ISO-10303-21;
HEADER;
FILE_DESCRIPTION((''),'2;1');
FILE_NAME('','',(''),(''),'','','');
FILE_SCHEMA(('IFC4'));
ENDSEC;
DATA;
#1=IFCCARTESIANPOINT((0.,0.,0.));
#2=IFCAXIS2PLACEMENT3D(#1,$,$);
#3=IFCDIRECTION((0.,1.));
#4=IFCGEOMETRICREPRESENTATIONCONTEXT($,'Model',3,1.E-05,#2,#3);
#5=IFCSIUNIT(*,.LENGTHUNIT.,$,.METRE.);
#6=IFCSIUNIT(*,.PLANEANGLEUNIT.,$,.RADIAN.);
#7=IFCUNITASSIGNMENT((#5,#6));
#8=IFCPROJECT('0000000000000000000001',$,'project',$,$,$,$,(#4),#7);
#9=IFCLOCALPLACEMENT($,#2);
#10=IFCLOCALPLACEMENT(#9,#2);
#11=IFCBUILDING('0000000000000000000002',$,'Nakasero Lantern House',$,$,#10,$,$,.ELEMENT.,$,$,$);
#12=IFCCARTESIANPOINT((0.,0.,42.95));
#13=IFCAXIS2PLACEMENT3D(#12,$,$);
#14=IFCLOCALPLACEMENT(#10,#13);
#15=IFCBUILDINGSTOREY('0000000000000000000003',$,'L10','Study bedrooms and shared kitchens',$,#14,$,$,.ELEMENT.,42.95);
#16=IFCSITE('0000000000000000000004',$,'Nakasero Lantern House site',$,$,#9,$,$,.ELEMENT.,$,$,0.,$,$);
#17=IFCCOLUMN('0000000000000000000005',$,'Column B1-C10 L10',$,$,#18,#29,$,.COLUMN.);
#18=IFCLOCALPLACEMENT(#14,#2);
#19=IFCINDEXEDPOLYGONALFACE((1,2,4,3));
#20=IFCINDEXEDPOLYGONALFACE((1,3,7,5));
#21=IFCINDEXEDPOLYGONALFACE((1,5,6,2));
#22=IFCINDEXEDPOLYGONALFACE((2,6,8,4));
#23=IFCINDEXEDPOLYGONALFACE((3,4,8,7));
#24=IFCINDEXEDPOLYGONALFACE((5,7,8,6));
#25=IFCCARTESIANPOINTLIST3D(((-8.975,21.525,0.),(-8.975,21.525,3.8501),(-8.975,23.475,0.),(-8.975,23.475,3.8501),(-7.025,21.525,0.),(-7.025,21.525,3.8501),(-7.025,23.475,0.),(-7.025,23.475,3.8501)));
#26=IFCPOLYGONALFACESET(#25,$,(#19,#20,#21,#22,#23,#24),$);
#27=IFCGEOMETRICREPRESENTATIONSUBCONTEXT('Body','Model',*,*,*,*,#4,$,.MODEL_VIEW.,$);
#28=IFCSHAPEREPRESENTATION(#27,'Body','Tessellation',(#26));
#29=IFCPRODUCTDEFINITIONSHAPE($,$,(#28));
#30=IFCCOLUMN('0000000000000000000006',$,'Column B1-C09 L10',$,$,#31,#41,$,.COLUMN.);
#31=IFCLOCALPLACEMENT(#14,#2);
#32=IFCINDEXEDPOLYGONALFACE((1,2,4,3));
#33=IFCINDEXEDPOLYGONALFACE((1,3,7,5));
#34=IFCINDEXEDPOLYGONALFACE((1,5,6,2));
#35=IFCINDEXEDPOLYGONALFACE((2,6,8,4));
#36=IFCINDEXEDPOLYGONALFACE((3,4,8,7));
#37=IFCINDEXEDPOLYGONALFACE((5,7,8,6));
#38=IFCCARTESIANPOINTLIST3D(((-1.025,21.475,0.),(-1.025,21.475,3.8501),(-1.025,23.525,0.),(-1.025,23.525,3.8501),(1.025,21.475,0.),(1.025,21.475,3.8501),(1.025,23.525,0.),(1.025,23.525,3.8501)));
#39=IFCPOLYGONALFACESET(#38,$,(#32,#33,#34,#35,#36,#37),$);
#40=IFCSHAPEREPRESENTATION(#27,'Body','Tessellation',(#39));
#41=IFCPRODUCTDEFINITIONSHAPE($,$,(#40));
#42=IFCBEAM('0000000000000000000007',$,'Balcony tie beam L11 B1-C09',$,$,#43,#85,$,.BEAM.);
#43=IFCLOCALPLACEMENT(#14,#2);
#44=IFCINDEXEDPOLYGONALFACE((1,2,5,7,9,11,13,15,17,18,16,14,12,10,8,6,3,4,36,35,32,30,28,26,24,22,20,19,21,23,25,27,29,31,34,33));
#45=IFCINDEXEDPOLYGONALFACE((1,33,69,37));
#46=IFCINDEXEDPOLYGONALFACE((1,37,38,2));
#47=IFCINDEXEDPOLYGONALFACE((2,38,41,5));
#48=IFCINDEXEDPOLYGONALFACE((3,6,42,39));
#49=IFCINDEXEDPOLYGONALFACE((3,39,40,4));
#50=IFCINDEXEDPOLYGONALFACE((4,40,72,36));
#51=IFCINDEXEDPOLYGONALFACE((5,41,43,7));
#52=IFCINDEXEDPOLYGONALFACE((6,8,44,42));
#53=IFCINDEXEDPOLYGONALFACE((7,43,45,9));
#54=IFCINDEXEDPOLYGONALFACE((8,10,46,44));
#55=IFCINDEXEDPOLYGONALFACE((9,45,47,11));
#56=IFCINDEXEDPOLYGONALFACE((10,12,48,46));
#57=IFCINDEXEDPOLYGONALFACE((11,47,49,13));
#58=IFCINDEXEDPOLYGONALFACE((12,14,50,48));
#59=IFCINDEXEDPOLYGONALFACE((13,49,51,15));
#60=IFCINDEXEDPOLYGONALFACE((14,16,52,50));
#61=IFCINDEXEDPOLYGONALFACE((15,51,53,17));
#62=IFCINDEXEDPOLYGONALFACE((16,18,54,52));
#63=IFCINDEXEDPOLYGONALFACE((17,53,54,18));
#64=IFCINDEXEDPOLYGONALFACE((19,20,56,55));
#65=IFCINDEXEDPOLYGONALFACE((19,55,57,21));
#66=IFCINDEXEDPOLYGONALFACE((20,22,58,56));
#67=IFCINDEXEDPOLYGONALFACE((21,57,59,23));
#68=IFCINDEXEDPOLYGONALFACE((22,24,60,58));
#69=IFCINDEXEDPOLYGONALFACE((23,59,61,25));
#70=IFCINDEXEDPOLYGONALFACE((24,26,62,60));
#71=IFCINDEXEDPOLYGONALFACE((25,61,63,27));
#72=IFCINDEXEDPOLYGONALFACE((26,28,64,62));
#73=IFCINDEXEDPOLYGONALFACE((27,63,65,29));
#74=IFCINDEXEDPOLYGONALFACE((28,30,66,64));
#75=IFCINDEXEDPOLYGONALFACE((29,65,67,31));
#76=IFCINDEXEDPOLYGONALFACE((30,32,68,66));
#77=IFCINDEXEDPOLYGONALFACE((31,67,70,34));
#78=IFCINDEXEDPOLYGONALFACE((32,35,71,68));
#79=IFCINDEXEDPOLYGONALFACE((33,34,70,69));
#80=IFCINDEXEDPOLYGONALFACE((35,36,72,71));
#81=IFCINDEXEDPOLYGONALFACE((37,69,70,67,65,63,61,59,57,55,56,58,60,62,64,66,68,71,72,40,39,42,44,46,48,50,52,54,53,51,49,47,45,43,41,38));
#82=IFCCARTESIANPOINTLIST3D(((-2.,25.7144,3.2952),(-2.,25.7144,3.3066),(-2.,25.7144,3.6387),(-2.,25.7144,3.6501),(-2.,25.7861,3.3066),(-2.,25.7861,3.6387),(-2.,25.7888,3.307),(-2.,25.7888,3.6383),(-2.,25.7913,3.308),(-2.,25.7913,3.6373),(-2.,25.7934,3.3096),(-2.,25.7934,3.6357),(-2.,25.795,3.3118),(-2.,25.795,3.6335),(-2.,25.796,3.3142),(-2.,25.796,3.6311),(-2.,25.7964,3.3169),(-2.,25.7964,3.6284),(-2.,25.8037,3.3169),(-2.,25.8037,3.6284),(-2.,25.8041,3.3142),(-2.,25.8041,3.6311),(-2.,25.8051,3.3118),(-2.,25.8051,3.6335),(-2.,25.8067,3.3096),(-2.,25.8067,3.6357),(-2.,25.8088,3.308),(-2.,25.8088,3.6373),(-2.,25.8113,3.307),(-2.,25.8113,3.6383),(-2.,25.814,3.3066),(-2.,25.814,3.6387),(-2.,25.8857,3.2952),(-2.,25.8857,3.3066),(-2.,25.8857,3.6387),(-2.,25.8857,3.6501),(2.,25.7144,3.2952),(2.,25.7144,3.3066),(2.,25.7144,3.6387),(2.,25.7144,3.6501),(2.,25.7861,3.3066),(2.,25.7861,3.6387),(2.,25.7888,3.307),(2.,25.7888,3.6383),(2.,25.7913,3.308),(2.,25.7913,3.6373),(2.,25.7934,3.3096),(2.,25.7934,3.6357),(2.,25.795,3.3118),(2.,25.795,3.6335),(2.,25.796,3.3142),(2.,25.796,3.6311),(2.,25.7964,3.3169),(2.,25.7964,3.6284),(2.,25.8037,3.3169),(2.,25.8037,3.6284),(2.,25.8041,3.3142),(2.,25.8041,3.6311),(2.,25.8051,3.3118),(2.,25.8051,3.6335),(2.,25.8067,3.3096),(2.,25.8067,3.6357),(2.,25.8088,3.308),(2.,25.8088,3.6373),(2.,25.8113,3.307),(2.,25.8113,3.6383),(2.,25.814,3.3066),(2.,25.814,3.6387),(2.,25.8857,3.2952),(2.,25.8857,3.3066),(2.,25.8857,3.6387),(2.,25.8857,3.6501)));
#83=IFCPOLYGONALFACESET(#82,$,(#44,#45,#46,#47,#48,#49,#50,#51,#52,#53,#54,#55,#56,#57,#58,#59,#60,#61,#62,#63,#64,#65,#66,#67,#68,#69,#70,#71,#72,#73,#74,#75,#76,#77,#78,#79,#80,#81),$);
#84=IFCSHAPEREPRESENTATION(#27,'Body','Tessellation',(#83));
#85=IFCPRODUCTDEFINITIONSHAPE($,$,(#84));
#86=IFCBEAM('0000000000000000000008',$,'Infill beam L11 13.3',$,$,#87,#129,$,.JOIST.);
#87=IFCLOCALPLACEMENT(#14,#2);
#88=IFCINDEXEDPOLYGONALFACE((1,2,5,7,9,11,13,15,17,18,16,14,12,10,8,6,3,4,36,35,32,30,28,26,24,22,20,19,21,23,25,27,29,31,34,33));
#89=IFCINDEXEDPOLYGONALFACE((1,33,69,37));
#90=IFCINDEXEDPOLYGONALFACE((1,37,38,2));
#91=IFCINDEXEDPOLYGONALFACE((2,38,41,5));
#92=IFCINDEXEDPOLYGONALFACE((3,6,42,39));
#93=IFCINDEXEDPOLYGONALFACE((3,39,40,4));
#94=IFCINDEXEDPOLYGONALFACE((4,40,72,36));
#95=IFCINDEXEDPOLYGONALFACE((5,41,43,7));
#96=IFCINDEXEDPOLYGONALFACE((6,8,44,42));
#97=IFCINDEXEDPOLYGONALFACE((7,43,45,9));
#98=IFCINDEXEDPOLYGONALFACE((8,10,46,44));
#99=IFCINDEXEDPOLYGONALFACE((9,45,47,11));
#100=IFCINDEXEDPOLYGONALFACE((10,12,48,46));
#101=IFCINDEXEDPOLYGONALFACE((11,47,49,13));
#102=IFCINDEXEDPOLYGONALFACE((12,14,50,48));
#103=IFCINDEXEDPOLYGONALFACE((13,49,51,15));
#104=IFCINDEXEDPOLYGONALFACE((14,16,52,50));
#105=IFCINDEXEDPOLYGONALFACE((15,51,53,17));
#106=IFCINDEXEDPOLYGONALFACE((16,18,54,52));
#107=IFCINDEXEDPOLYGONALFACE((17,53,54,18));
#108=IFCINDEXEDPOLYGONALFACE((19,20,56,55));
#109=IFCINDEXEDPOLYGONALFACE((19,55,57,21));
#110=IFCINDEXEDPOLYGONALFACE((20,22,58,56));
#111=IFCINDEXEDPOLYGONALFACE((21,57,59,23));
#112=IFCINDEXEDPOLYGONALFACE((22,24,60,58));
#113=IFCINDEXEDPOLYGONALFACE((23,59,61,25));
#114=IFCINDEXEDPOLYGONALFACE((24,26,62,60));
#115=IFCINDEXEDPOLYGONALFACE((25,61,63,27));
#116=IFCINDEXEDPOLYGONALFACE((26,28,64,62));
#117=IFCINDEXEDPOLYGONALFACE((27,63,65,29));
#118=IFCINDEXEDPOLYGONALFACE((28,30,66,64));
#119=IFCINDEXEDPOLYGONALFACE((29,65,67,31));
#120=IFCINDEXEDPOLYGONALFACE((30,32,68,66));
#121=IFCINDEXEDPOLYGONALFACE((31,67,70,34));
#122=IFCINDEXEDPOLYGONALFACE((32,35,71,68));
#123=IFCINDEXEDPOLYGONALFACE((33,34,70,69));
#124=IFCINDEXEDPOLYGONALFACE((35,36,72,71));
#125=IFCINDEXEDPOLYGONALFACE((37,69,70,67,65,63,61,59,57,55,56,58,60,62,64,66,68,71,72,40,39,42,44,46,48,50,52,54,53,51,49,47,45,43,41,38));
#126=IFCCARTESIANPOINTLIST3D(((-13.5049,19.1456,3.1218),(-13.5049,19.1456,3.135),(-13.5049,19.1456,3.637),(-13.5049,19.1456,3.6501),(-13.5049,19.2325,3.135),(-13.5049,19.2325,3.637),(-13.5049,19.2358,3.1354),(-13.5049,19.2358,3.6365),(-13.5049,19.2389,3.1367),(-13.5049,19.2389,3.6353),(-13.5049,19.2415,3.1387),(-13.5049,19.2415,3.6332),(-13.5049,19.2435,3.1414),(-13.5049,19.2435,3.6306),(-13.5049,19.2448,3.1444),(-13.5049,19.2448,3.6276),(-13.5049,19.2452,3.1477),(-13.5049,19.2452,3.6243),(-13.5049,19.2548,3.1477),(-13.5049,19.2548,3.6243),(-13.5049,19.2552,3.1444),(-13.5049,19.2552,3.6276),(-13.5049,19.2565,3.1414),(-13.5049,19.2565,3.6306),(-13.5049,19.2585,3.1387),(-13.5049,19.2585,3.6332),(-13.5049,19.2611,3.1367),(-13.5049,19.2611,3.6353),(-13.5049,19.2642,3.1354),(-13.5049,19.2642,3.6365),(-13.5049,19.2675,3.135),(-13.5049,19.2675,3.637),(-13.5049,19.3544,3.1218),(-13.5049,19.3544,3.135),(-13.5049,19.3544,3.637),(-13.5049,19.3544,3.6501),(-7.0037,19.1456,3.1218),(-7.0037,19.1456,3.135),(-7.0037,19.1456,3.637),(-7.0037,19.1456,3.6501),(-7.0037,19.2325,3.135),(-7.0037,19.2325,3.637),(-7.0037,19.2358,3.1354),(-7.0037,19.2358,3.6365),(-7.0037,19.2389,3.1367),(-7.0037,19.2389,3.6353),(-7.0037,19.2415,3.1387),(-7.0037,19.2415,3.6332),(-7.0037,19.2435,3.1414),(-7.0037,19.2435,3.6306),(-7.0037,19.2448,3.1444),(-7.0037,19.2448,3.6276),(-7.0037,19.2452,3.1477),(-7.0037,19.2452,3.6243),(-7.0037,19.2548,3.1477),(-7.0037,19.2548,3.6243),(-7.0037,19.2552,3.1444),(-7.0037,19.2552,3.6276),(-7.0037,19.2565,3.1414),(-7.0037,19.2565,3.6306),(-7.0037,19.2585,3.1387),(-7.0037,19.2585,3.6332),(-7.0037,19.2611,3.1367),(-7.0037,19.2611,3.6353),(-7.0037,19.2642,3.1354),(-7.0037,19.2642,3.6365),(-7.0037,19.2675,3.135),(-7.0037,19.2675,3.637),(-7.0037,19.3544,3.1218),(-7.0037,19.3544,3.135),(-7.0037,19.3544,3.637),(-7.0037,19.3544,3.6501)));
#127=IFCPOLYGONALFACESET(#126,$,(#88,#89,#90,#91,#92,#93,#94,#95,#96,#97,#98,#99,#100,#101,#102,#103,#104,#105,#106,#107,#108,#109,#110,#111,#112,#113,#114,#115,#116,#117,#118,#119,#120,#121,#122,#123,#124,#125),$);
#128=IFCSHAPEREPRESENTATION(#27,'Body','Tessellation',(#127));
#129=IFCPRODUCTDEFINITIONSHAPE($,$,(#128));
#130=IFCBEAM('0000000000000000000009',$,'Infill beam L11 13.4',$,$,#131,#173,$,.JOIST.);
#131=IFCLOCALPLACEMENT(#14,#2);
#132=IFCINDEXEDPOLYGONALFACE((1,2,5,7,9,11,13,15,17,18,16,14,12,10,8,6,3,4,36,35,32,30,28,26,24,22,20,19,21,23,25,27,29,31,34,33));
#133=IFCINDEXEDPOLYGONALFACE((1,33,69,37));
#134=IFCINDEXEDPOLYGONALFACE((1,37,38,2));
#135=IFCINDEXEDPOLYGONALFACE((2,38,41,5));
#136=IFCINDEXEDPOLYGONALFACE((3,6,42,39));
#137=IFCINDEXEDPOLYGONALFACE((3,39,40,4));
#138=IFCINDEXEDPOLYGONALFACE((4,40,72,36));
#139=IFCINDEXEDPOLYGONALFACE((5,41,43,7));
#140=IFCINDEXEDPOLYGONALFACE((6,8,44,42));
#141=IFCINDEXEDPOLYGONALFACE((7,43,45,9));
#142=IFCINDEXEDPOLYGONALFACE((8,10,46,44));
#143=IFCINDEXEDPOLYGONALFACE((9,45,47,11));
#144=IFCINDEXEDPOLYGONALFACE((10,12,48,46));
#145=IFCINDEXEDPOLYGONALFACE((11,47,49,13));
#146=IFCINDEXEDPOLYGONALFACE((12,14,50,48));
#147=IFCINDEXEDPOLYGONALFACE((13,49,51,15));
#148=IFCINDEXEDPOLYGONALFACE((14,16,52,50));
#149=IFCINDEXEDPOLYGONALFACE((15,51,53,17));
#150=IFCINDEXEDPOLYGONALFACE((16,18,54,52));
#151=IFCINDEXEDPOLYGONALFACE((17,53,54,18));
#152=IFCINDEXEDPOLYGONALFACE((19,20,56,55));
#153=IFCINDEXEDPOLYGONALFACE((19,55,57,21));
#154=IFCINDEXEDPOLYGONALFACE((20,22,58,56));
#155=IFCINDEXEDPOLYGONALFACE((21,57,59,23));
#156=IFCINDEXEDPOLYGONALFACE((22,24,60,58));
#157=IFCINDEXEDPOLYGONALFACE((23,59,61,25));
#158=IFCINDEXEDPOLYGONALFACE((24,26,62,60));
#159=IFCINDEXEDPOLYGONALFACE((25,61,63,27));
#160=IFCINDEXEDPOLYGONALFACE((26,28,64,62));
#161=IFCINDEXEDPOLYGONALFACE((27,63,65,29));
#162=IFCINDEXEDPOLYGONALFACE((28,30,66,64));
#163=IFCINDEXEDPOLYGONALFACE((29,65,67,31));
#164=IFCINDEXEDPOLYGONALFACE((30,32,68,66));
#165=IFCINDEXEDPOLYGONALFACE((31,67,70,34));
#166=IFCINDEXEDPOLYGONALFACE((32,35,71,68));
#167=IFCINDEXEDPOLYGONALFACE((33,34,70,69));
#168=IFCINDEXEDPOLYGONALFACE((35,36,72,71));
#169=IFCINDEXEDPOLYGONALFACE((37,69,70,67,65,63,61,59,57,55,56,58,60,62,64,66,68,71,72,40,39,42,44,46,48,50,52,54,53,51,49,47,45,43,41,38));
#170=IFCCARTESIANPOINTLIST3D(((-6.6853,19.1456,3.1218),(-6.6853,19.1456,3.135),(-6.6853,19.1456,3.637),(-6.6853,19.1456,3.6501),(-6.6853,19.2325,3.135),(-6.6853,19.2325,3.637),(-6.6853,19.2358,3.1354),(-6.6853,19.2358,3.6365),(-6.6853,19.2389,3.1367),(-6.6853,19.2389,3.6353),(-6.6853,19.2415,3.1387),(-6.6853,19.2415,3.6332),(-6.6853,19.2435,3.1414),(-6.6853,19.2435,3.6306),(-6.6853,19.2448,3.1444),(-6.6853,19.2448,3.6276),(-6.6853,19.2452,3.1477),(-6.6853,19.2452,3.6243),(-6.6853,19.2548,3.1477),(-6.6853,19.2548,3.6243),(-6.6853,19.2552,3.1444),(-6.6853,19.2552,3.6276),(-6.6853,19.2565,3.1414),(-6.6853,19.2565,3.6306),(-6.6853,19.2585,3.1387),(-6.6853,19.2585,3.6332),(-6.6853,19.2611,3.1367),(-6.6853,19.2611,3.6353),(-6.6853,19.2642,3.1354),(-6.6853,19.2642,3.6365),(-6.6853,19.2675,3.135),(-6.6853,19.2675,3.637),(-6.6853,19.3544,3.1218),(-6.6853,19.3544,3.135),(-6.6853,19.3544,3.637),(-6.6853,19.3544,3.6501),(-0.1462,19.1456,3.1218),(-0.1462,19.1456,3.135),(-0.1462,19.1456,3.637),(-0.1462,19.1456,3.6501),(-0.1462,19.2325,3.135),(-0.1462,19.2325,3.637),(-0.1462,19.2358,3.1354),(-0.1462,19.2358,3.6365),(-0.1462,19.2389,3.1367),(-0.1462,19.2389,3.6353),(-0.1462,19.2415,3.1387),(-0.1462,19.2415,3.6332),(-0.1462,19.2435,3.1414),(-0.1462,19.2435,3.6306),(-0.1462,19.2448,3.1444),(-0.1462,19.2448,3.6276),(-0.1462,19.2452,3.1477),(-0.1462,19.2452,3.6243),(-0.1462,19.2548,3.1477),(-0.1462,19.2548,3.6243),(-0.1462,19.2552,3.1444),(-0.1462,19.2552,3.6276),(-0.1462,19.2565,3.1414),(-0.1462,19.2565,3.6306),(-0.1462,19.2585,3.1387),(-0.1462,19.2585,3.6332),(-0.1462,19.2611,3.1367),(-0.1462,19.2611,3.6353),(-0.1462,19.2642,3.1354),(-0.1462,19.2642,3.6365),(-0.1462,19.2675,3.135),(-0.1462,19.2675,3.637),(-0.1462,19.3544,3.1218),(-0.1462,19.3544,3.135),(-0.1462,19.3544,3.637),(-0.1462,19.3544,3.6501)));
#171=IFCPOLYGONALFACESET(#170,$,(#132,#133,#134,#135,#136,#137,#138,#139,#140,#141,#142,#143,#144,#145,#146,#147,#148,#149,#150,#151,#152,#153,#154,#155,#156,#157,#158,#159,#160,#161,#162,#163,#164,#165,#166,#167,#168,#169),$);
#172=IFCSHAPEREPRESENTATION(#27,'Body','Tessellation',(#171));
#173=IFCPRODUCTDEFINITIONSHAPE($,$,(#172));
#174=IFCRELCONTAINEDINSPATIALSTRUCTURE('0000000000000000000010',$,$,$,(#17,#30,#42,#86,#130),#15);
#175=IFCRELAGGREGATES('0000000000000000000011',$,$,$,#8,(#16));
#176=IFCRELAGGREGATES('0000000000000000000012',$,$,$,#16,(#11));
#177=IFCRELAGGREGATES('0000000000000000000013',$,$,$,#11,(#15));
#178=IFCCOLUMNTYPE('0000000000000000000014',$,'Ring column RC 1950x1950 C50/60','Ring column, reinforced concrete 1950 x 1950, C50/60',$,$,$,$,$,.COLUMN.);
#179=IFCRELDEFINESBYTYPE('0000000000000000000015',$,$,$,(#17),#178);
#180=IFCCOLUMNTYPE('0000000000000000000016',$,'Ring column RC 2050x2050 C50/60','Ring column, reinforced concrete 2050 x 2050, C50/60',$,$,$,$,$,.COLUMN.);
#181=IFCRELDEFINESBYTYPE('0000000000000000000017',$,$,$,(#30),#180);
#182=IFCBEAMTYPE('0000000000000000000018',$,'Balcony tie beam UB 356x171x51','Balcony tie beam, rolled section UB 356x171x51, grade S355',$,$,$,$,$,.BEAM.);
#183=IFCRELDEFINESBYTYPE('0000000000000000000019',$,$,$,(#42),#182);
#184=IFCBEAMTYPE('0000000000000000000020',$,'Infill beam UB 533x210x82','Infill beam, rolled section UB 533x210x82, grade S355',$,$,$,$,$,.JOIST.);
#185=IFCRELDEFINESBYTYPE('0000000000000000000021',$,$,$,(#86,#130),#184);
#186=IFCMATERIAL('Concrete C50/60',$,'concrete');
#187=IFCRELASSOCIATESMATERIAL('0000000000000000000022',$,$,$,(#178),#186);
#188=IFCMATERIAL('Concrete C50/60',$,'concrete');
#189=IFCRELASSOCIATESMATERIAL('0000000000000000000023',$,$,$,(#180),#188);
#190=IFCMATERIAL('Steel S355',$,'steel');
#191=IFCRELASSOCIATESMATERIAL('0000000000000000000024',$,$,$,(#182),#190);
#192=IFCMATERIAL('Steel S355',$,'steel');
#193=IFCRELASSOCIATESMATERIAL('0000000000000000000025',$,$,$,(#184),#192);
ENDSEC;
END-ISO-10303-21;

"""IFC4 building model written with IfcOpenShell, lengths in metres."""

from ifc_helpers import new_model, si_unit, direction, frame, origin, origin_2d, place, context, subcontext, project, spatial, rectangle, i_section, extrude, material, material_profile, profile_set, type_object, element, save


model = new_model("IFC4")

# Units and contexts
model_context = context("Model", 3, precision=1e-05, world=origin(), true_north=direction((0.0, 1.0)))
body_context = subcontext(model_context, "Body", "Model", "MODEL_VIEW")
ifc_project = project(units=[si_unit("LENGTHUNIT", "METRE"), si_unit("PLANEANGLEUNIT", "RADIAN")], contexts=[model_context])

# Site, building, storey
site_placement = place(None, origin())
site = spatial("IfcSite", under=ifc_project, at=site_placement, Name="Nakasero Lantern House site", CompositionType="ELEMENT", RefElevation=0.0)
building_placement = place(site_placement, origin())
building = spatial("IfcBuilding", under=site, at=building_placement, Name="Nakasero Lantern House", CompositionType="ELEMENT")
storey_placement = place(building_placement, frame((0.0, 0.0, 42.95)))
storey = spatial("IfcBuildingStorey", under=building, at=storey_placement, Name="L10", Description="Study bedrooms and shared kitchens", CompositionType="ELEMENT", Elevation=42.95)

# Columns
ifc_material_1 = material(Name="Concrete C50/60", Category="concrete")
ifc_material_profile_1 = material_profile(ifc_material_1, rectangle(XDim=1.95, YDim=1.95, at=origin_2d()), Name="RC 1950x1950")
ifc_profile_set_1 = profile_set([ifc_material_profile_1], Name="Concrete C50/60")
column_type_1 = type_object("IfcColumnType", Name="Ring column RC 1950x1950 C50/60", Description="Ring column, reinforced concrete 1950 x 1950, C50/60", PredefinedType="COLUMN", material=ifc_profile_set_1)
column_1_placement = place(storey_placement, frame((-8.0, 22.5, 0.0), z_axis=(0.0, 0.0, 1.0), x_axis=(1.0, 0.0, 0.0)))
element("IfcColumn", 1, at=column_1_placement, inside=storey, type_object=column_type_1, Name="Column B1-C10 L10", PredefinedType="COLUMN", context=body_context, shape_type="SweptSolid", body=[
    extrude(rectangle(XDim=1.95, YDim=1.95, at=origin_2d()), origin(), (0.0, 0.0, 1.0), 3.8501),
])
ifc_material_2 = material(Name="Concrete C50/60", Category="concrete")
ifc_material_profile_2 = material_profile(ifc_material_2, rectangle(XDim=2.05, YDim=2.05, at=origin_2d()), Name="RC 2050x2050")
ifc_profile_set_2 = profile_set([ifc_material_profile_2], Name="Concrete C50/60")
column_type_2 = type_object("IfcColumnType", Name="Ring column RC 2050x2050 C50/60", Description="Ring column, reinforced concrete 2050 x 2050, C50/60", PredefinedType="COLUMN", material=ifc_profile_set_2)
column_2_placement = place(storey_placement, frame((0.0, 22.5, 0.0), z_axis=(0.0, 0.0, 1.0), x_axis=(1.0, 0.0, 0.0)))
element("IfcColumn", 2, at=column_2_placement, inside=storey, type_object=column_type_2, Name="Column B1-C09 L10", PredefinedType="COLUMN", context=body_context, shape_type="SweptSolid", body=[
    extrude(rectangle(XDim=2.05, YDim=2.05, at=origin_2d()), origin(), (0.0, 0.0, 1.0), 3.8501),
])

# Beams
ifc_material_3 = material(Name="Steel S355", Category="steel")
ifc_material_profile_3 = material_profile(ifc_material_3, i_section(OverallWidth=0.1714, OverallDepth=0.355, WebThickness=0.0073, FlangeThickness=0.0115, FilletRadius=0.0103, at=origin_2d()), Name="UB 356x171x51")
ifc_profile_set_3 = profile_set([ifc_material_profile_3], Name="Steel S355")
beam_type_1 = type_object("IfcBeamType", Name="Balcony tie beam UB 356x171x51", Description="Balcony tie beam, rolled section UB 356x171x51, grade S355", PredefinedType="BEAM", material=ifc_profile_set_3)
beam_1_placement = place(storey_placement, frame((-2.0, 25.8, 3.4727), z_axis=(1.0, 0.0, 0.0), x_axis=(0.0, 1.0, 0.0)))
element("IfcBeam", 3, at=beam_1_placement, inside=storey, type_object=beam_type_1, Name="Balcony tie beam L11 B1-C09", PredefinedType="BEAM", context=body_context, shape_type="SweptSolid", body=[
    extrude(i_section(OverallWidth=0.1714, OverallDepth=0.355, WebThickness=0.0073, FlangeThickness=0.0115, FilletRadius=0.0103, at=origin_2d()), origin(), (0.0, 0.0, 1.0), 4.0),
])
ifc_material_4 = material(Name="Steel S355", Category="steel")
ifc_material_profile_4 = material_profile(ifc_material_4, i_section(OverallWidth=0.2087, OverallDepth=0.5283, WebThickness=0.0095, FlangeThickness=0.0132, FilletRadius=0.0127, at=origin_2d()), Name="UB 533x210x82")
ifc_profile_set_4 = profile_set([ifc_material_profile_4], Name="Steel S355")
beam_type_2 = type_object("IfcBeamType", Name="Infill beam UB 533x210x82", Description="Infill beam, rolled section UB 533x210x82, grade S355", PredefinedType="JOIST", material=ifc_profile_set_4)
beam_2_placement = place(storey_placement, frame((-13.5049, 19.25, 3.386), z_axis=(1.0, 0.0, 0.0), x_axis=(0.0, 1.0, 0.0)))
element("IfcBeam", 4, at=beam_2_placement, inside=storey, type_object=beam_type_2, Name="Infill beam L11 13.3", PredefinedType="JOIST", context=body_context, shape_type="SweptSolid", body=[
    extrude(i_section(OverallWidth=0.2087, OverallDepth=0.5283, WebThickness=0.0095, FlangeThickness=0.0132, FilletRadius=0.0127, at=origin_2d()), origin(), (0.0, 0.0, 1.0), 6.5012),
])
beam_3_placement = place(storey_placement, frame((-6.6853, 19.25, 3.386), z_axis=(1.0, 0.0, 0.0), x_axis=(0.0, 1.0, 0.0)))
element("IfcBeam", 5, at=beam_3_placement, inside=storey, type_object=beam_type_2, Name="Infill beam L11 13.4", PredefinedType="JOIST", context=body_context, shape_type="SweptSolid", body=[
    extrude(i_section(OverallWidth=0.2087, OverallDepth=0.5283, WebThickness=0.0095, FlangeThickness=0.0132, FilletRadius=0.0127, at=origin_2d()), origin(), (0.0, 0.0, 1.0), 6.5391),
])

save(model, "model.ifc")
